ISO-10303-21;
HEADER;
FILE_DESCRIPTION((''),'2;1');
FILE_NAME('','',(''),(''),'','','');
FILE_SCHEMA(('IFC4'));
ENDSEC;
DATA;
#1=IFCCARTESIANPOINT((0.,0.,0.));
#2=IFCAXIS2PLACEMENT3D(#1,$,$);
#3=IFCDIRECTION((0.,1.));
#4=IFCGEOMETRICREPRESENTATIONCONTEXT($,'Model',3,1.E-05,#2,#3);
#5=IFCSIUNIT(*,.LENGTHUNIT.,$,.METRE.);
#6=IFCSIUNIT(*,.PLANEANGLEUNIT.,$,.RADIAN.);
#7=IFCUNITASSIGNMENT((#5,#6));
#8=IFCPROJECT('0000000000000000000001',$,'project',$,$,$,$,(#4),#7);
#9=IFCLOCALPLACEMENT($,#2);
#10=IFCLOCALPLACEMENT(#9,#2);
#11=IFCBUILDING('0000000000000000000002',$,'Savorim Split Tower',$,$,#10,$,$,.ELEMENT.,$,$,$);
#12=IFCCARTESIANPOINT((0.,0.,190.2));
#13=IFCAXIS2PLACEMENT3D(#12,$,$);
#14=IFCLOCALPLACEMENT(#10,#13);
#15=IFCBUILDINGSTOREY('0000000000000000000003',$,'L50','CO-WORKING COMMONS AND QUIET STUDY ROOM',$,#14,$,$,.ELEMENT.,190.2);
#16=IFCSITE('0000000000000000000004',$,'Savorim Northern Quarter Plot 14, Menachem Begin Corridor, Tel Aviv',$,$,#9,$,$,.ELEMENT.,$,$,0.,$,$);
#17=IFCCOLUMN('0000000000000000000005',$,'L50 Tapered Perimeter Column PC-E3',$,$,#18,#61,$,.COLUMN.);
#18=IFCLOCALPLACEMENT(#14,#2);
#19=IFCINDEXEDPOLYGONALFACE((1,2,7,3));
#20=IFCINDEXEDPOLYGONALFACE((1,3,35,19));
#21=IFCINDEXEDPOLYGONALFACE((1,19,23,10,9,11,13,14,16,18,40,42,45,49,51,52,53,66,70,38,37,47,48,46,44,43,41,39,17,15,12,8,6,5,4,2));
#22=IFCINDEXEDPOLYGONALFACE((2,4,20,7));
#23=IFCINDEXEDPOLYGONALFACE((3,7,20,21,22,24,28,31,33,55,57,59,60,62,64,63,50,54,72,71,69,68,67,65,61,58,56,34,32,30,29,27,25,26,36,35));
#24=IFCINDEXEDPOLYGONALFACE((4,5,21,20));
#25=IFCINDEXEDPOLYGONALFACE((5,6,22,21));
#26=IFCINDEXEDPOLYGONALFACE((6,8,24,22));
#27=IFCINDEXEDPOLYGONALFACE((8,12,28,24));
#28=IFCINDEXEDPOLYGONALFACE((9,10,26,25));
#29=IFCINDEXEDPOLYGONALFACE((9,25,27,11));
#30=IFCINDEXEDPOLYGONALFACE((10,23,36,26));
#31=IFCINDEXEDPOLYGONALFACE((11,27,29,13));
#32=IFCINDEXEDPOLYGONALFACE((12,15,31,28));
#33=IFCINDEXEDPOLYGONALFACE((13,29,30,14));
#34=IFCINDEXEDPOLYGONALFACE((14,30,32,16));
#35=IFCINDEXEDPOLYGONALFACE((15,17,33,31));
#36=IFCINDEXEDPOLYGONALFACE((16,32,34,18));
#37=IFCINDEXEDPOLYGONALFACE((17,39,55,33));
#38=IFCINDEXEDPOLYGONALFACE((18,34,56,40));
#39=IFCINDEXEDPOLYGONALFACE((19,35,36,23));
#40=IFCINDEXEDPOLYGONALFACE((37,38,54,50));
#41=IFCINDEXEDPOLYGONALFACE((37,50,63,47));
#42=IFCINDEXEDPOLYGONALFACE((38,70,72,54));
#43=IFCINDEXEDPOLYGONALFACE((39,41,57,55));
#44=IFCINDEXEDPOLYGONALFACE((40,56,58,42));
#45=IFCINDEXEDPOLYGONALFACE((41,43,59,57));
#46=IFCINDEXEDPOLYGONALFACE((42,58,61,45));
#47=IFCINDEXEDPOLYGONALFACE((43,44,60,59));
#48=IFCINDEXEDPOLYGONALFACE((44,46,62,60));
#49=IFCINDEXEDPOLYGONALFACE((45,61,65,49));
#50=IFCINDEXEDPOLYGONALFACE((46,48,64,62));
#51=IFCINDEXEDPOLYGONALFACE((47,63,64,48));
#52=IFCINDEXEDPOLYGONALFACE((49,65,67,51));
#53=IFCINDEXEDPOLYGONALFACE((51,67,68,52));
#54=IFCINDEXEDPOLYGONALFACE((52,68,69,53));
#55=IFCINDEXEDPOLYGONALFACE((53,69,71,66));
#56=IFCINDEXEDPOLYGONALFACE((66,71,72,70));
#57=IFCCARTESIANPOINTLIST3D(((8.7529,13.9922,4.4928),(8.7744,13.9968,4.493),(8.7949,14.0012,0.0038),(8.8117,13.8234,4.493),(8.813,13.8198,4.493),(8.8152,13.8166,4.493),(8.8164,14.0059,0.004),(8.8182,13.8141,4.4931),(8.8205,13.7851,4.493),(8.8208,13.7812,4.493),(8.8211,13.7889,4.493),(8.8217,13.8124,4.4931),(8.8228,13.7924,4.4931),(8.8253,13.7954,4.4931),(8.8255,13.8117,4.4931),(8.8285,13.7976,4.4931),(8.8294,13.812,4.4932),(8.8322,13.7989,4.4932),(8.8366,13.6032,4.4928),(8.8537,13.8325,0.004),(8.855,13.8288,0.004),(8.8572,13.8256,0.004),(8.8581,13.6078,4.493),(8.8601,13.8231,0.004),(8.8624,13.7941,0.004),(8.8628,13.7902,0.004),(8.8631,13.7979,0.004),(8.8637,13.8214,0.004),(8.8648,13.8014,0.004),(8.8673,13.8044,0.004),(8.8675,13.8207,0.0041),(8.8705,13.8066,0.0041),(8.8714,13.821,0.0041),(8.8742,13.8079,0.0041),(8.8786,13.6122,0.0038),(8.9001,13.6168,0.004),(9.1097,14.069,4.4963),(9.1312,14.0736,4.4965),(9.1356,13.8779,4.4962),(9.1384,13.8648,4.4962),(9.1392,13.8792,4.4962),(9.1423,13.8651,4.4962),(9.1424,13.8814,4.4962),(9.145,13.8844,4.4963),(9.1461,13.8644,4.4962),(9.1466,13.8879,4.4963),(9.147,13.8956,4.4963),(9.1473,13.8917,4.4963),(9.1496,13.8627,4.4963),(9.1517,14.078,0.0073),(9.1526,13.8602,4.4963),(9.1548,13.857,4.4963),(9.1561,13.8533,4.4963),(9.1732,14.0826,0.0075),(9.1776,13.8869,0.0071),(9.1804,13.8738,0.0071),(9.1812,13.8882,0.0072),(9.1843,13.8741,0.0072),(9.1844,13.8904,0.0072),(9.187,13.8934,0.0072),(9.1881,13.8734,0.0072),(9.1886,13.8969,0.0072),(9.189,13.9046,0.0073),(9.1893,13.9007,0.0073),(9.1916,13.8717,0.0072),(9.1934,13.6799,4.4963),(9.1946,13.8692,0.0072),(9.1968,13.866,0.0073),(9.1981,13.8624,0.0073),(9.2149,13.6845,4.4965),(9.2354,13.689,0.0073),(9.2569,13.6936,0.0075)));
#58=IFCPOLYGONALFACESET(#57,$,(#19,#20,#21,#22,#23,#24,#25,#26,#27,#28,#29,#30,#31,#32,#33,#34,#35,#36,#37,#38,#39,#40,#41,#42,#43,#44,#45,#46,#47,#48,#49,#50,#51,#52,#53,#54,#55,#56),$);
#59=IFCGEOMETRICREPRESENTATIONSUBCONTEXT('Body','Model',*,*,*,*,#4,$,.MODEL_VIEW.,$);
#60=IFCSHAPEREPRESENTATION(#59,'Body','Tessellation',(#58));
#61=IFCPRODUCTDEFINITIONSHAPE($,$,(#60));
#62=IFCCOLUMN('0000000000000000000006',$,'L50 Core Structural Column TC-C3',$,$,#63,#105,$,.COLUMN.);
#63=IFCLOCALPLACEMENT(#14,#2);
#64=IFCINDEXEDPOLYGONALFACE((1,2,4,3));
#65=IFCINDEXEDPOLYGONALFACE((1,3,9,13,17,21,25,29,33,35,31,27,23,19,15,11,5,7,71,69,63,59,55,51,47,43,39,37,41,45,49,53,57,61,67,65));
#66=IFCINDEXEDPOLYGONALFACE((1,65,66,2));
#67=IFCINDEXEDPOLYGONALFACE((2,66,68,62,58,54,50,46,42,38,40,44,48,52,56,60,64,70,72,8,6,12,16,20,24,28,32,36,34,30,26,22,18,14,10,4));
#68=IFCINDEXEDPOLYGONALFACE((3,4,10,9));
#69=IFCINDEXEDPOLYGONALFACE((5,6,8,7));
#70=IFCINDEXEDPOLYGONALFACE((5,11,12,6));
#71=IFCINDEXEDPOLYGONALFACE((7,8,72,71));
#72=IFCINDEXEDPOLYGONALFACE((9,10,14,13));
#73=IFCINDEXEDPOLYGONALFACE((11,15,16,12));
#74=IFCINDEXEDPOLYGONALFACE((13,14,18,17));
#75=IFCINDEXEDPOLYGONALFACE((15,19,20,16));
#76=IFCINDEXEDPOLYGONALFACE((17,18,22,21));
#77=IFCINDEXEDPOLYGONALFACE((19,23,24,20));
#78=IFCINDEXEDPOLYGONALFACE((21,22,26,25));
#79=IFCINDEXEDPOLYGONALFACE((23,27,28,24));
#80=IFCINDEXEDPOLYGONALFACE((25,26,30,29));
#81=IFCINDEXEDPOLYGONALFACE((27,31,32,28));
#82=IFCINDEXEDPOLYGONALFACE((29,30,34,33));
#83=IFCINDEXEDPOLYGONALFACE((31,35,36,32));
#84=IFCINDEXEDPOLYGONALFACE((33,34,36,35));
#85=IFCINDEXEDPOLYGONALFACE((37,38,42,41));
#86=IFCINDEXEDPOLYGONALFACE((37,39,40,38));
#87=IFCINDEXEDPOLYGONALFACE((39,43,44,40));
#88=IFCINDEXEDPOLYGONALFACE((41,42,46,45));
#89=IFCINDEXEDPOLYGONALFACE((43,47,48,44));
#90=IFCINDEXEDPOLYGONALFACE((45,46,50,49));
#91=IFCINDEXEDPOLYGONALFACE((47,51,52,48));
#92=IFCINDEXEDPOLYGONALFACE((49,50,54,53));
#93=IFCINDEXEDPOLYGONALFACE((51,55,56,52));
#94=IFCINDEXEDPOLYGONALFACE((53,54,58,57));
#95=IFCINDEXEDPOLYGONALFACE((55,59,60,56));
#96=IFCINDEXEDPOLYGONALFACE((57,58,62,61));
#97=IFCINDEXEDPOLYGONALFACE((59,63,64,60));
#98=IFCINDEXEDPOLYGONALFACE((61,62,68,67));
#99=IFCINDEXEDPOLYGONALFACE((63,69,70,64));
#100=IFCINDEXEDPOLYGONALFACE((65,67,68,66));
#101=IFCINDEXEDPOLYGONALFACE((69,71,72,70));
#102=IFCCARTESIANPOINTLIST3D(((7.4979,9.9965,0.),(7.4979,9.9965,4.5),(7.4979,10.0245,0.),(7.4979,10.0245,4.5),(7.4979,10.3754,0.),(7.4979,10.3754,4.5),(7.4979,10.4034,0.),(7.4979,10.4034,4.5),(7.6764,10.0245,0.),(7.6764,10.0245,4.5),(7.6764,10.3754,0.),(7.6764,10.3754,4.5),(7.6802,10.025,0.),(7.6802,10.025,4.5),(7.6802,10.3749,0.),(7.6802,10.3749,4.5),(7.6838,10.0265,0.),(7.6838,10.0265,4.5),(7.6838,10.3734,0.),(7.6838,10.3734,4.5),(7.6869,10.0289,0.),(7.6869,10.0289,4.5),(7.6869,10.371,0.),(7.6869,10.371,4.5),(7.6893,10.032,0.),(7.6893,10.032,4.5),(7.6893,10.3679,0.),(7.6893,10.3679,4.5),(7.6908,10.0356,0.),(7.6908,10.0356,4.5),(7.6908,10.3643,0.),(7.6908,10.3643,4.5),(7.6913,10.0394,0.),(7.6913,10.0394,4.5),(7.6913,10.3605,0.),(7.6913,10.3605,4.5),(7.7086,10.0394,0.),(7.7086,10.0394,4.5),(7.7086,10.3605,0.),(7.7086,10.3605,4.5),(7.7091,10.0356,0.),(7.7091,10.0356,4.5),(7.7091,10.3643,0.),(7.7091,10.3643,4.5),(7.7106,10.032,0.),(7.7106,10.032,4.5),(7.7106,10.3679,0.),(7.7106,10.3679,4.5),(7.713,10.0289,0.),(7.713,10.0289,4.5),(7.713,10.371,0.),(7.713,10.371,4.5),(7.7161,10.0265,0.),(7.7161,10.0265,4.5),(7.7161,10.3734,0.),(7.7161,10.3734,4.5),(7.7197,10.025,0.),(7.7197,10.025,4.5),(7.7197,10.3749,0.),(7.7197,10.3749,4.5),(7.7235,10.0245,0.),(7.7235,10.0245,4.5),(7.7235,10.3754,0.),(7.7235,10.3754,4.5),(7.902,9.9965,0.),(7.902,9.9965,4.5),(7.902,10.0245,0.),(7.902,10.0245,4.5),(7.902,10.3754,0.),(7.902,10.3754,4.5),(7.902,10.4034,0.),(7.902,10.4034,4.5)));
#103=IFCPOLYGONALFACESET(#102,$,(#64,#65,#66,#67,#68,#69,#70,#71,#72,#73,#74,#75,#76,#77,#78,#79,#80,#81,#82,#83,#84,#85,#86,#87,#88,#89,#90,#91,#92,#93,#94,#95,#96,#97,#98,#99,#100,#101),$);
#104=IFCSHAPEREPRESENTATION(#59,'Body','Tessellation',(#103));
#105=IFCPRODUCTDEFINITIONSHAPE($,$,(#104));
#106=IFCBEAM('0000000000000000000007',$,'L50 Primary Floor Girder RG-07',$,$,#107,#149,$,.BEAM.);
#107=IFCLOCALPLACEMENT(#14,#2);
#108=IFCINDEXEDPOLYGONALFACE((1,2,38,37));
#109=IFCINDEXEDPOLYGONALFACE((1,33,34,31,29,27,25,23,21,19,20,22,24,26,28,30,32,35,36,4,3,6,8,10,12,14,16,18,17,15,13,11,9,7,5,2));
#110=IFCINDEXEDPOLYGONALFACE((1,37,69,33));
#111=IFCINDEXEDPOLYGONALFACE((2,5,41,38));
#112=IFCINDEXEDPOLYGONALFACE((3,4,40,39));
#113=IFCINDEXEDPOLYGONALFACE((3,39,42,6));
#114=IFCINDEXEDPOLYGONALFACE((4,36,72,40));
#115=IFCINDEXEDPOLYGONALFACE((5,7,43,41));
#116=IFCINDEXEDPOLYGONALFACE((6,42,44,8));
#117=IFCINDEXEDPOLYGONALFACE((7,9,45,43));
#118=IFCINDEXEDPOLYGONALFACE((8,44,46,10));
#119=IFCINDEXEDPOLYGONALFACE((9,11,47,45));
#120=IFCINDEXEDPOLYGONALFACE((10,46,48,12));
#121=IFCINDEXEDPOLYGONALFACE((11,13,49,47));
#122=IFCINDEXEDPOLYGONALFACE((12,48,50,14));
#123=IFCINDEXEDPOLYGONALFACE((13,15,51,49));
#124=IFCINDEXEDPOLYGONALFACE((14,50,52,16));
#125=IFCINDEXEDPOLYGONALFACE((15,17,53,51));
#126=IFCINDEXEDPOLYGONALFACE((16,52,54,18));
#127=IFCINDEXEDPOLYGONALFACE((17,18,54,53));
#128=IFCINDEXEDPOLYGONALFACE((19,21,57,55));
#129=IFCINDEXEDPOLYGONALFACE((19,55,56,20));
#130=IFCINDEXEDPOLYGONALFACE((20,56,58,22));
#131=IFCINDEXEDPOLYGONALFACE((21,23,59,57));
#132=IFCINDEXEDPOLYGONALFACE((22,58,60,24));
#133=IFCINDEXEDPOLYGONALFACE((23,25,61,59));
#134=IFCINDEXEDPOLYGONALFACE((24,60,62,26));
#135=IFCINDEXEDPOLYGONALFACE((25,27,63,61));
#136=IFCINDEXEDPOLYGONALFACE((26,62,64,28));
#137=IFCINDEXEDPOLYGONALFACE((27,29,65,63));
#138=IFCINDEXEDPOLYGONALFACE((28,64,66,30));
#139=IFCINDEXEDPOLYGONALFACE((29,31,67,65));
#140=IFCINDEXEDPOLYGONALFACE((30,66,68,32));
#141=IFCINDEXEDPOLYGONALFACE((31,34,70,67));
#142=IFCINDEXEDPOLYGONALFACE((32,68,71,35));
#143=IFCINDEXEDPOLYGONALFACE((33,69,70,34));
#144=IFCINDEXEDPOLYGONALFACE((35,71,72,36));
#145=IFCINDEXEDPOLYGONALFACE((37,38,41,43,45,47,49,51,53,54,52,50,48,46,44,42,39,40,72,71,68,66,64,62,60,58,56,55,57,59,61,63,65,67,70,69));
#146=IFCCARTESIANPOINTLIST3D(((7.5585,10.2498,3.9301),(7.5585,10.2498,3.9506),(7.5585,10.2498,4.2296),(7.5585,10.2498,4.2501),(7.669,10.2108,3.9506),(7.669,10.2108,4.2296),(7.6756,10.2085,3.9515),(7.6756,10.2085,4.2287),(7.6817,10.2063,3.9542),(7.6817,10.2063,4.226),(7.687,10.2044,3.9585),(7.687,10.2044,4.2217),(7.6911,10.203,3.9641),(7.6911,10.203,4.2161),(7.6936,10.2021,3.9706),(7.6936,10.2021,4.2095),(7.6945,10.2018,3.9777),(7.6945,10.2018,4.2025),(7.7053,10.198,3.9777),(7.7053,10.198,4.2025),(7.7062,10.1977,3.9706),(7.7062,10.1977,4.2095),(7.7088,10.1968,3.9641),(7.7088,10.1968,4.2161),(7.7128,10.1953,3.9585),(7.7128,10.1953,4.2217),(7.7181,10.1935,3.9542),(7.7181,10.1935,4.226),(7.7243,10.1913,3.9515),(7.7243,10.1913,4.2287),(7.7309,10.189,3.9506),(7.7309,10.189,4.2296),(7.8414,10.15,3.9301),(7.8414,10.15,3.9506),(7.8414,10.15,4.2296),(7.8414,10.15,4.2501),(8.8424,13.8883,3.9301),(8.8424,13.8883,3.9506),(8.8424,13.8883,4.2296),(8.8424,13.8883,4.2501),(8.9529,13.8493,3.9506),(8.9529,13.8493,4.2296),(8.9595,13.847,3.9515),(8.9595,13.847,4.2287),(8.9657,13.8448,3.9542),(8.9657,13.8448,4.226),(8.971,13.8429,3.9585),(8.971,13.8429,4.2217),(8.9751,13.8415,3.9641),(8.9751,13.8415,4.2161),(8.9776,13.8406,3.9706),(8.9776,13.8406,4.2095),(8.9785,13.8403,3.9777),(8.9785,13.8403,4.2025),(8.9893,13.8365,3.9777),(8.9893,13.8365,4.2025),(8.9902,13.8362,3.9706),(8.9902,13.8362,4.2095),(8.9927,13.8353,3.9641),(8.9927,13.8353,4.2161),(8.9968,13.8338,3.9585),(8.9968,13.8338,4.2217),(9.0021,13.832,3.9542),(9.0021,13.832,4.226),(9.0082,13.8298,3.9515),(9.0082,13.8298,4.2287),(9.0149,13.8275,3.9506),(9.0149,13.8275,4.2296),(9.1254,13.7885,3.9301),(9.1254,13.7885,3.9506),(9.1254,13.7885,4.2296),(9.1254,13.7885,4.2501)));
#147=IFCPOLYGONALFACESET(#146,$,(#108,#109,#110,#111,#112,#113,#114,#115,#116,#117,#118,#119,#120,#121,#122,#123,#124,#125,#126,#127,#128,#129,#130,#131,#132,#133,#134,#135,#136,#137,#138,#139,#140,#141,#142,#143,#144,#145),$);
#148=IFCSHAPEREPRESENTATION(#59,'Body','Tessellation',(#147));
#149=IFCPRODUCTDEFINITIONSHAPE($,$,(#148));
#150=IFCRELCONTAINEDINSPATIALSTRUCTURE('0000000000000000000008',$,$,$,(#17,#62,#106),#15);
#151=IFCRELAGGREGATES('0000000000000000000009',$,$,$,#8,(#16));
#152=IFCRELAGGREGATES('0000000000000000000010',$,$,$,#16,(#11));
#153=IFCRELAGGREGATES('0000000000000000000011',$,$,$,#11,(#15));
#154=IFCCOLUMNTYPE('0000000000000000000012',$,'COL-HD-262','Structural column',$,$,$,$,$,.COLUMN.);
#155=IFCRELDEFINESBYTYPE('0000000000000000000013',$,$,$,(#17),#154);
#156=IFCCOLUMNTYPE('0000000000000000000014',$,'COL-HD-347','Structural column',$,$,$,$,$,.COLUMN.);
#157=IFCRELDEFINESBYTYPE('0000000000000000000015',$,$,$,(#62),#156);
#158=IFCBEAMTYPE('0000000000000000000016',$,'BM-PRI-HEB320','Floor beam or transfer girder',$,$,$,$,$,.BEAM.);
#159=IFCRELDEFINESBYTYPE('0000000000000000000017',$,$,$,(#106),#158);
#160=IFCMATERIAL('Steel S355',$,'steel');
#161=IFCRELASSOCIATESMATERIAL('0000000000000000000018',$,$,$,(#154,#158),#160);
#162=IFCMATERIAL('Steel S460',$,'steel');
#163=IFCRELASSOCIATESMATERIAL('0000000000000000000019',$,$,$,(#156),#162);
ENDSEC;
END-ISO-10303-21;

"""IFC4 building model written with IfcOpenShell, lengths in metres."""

from ifc_helpers import new_model, si_unit, direction, frame, origin, origin_2d, place, context, subcontext, project, spatial, i_section, extrude, material, material_profile, profile_set, type_object, element, save


model = new_model("IFC4")

# Units and contexts
model_context = context("Model", 3, precision=1e-05, world=origin(), true_north=direction((0.0, 1.0)))
body_context = subcontext(model_context, "Body", "Model", "MODEL_VIEW")
ifc_project = project(units=[si_unit("LENGTHUNIT", "METRE"), si_unit("PLANEANGLEUNIT", "RADIAN")], contexts=[model_context])

# Site, building, storey
site_placement = place(None, origin())
site = spatial("IfcSite", under=ifc_project, at=site_placement, Name="Savorim Northern Quarter Plot 14, Menachem Begin Corridor, Tel Aviv", CompositionType="ELEMENT", RefElevation=0.0)
building_placement = place(site_placement, origin())
building = spatial("IfcBuilding", under=site, at=building_placement, Name="Savorim Split Tower", CompositionType="ELEMENT")
storey_placement = place(building_placement, frame((0.0, 0.0, 190.2)))
storey = spatial("IfcBuildingStorey", under=building, at=storey_placement, Name="L50", Description="CO-WORKING COMMONS AND QUIET STUDY ROOM", CompositionType="ELEMENT", Elevation=190.2)

# Columns
ifc_material_1 = material(Name="Steel S355", Category="steel")
ifc_material_profile_1 = material_profile(ifc_material_1, i_section(OverallWidth=0.3979, OverallDepth=0.387, WebThickness=0.0134, FlangeThickness=0.022, FilletRadius=0.0149, at=origin_2d()), Name="HD 400x262")
ifc_profile_set_1 = profile_set([ifc_material_profile_1], Name="Steel S355")
column_type_1 = type_object("IfcColumnType", Name="COL-HD-262", Description="Structural column", PredefinedType="COLUMN", material=ifc_profile_set_1)
column_1_placement = place(storey_placement, frame((9.0259, 13.8474, 0.0056), z_axis=(-0.009354, -0.002012, 0.999954), x_axis=(0.210305, -0.977636, 0.0)))
element("IfcColumn", 1, at=column_1_placement, inside=storey, type_object=column_type_1, Name="L50 Tapered Perimeter Column PC-E3", PredefinedType="COLUMN", context=body_context, shape_type="SweptSolid", body=[
    extrude(i_section(OverallWidth=0.3979, OverallDepth=0.387, WebThickness=0.0134, FlangeThickness=0.022, FilletRadius=0.0149, at=origin_2d()), origin(), (0.0, 0.0, 1.0), 4.4893),
])
ifc_material_2 = material(Name="Steel S460", Category="steel")
ifc_material_profile_2 = material_profile(ifc_material_2, i_section(OverallWidth=0.4041, OverallDepth=0.407, WebThickness=0.0173, FlangeThickness=0.0281, FilletRadius=0.0149, at=origin_2d()), Name="HD 400x347")
ifc_profile_set_2 = profile_set([ifc_material_profile_2], Name="Steel S460")
column_type_2 = type_object("IfcColumnType", Name="COL-HD-347", Description="Structural column", PredefinedType="COLUMN", material=ifc_profile_set_2)
column_2_placement = place(storey_placement, frame((7.7, 10.2, 0.0), z_axis=(0.0, 0.0, 1.0), x_axis=(1.0, 0.0, 0.0)))
element("IfcColumn", 2, at=column_2_placement, inside=storey, type_object=column_type_2, Name="L50 Core Structural Column TC-C3", PredefinedType="COLUMN", context=body_context, shape_type="SweptSolid", body=[
    extrude(i_section(OverallWidth=0.4041, OverallDepth=0.407, WebThickness=0.0173, FlangeThickness=0.0281, FilletRadius=0.0149, at=origin_2d()), origin(), (0.0, 0.0, 1.0), 4.5),
])

# Beam
ifc_material_profile_3 = material_profile(ifc_material_1, i_section(OverallWidth=0.3, OverallDepth=0.3201, WebThickness=0.0115, FlangeThickness=0.0205, FilletRadius=0.0271, at=origin_2d()), Name="HEB 320")
ifc_profile_set_3 = profile_set([ifc_material_profile_3], Name="Steel S355")
beam_type_1 = type_object("IfcBeamType", Name="BM-PRI-HEB320", Description="Floor beam or transfer girder", PredefinedType="BEAM", material=ifc_profile_set_3)
beam_1_placement = place(storey_placement, frame((8.9839, 13.8384, 4.0901), z_axis=(-0.33277, -0.943008, 0.0), x_axis=(0.943008, -0.33277, 0.0)))
element("IfcBeam", 3, at=beam_1_placement, inside=storey, type_object=beam_type_1, Name="L50 Primary Floor Girder RG-07", PredefinedType="BEAM", context=body_context, shape_type="SweptSolid", body=[
    extrude(i_section(OverallWidth=0.3, OverallDepth=0.3201, WebThickness=0.0115, FlangeThickness=0.0205, FilletRadius=0.0271, at=origin_2d()), origin(), (0.0, 0.0, 1.0), 3.8584),
])

save(model, "model.ifc")
